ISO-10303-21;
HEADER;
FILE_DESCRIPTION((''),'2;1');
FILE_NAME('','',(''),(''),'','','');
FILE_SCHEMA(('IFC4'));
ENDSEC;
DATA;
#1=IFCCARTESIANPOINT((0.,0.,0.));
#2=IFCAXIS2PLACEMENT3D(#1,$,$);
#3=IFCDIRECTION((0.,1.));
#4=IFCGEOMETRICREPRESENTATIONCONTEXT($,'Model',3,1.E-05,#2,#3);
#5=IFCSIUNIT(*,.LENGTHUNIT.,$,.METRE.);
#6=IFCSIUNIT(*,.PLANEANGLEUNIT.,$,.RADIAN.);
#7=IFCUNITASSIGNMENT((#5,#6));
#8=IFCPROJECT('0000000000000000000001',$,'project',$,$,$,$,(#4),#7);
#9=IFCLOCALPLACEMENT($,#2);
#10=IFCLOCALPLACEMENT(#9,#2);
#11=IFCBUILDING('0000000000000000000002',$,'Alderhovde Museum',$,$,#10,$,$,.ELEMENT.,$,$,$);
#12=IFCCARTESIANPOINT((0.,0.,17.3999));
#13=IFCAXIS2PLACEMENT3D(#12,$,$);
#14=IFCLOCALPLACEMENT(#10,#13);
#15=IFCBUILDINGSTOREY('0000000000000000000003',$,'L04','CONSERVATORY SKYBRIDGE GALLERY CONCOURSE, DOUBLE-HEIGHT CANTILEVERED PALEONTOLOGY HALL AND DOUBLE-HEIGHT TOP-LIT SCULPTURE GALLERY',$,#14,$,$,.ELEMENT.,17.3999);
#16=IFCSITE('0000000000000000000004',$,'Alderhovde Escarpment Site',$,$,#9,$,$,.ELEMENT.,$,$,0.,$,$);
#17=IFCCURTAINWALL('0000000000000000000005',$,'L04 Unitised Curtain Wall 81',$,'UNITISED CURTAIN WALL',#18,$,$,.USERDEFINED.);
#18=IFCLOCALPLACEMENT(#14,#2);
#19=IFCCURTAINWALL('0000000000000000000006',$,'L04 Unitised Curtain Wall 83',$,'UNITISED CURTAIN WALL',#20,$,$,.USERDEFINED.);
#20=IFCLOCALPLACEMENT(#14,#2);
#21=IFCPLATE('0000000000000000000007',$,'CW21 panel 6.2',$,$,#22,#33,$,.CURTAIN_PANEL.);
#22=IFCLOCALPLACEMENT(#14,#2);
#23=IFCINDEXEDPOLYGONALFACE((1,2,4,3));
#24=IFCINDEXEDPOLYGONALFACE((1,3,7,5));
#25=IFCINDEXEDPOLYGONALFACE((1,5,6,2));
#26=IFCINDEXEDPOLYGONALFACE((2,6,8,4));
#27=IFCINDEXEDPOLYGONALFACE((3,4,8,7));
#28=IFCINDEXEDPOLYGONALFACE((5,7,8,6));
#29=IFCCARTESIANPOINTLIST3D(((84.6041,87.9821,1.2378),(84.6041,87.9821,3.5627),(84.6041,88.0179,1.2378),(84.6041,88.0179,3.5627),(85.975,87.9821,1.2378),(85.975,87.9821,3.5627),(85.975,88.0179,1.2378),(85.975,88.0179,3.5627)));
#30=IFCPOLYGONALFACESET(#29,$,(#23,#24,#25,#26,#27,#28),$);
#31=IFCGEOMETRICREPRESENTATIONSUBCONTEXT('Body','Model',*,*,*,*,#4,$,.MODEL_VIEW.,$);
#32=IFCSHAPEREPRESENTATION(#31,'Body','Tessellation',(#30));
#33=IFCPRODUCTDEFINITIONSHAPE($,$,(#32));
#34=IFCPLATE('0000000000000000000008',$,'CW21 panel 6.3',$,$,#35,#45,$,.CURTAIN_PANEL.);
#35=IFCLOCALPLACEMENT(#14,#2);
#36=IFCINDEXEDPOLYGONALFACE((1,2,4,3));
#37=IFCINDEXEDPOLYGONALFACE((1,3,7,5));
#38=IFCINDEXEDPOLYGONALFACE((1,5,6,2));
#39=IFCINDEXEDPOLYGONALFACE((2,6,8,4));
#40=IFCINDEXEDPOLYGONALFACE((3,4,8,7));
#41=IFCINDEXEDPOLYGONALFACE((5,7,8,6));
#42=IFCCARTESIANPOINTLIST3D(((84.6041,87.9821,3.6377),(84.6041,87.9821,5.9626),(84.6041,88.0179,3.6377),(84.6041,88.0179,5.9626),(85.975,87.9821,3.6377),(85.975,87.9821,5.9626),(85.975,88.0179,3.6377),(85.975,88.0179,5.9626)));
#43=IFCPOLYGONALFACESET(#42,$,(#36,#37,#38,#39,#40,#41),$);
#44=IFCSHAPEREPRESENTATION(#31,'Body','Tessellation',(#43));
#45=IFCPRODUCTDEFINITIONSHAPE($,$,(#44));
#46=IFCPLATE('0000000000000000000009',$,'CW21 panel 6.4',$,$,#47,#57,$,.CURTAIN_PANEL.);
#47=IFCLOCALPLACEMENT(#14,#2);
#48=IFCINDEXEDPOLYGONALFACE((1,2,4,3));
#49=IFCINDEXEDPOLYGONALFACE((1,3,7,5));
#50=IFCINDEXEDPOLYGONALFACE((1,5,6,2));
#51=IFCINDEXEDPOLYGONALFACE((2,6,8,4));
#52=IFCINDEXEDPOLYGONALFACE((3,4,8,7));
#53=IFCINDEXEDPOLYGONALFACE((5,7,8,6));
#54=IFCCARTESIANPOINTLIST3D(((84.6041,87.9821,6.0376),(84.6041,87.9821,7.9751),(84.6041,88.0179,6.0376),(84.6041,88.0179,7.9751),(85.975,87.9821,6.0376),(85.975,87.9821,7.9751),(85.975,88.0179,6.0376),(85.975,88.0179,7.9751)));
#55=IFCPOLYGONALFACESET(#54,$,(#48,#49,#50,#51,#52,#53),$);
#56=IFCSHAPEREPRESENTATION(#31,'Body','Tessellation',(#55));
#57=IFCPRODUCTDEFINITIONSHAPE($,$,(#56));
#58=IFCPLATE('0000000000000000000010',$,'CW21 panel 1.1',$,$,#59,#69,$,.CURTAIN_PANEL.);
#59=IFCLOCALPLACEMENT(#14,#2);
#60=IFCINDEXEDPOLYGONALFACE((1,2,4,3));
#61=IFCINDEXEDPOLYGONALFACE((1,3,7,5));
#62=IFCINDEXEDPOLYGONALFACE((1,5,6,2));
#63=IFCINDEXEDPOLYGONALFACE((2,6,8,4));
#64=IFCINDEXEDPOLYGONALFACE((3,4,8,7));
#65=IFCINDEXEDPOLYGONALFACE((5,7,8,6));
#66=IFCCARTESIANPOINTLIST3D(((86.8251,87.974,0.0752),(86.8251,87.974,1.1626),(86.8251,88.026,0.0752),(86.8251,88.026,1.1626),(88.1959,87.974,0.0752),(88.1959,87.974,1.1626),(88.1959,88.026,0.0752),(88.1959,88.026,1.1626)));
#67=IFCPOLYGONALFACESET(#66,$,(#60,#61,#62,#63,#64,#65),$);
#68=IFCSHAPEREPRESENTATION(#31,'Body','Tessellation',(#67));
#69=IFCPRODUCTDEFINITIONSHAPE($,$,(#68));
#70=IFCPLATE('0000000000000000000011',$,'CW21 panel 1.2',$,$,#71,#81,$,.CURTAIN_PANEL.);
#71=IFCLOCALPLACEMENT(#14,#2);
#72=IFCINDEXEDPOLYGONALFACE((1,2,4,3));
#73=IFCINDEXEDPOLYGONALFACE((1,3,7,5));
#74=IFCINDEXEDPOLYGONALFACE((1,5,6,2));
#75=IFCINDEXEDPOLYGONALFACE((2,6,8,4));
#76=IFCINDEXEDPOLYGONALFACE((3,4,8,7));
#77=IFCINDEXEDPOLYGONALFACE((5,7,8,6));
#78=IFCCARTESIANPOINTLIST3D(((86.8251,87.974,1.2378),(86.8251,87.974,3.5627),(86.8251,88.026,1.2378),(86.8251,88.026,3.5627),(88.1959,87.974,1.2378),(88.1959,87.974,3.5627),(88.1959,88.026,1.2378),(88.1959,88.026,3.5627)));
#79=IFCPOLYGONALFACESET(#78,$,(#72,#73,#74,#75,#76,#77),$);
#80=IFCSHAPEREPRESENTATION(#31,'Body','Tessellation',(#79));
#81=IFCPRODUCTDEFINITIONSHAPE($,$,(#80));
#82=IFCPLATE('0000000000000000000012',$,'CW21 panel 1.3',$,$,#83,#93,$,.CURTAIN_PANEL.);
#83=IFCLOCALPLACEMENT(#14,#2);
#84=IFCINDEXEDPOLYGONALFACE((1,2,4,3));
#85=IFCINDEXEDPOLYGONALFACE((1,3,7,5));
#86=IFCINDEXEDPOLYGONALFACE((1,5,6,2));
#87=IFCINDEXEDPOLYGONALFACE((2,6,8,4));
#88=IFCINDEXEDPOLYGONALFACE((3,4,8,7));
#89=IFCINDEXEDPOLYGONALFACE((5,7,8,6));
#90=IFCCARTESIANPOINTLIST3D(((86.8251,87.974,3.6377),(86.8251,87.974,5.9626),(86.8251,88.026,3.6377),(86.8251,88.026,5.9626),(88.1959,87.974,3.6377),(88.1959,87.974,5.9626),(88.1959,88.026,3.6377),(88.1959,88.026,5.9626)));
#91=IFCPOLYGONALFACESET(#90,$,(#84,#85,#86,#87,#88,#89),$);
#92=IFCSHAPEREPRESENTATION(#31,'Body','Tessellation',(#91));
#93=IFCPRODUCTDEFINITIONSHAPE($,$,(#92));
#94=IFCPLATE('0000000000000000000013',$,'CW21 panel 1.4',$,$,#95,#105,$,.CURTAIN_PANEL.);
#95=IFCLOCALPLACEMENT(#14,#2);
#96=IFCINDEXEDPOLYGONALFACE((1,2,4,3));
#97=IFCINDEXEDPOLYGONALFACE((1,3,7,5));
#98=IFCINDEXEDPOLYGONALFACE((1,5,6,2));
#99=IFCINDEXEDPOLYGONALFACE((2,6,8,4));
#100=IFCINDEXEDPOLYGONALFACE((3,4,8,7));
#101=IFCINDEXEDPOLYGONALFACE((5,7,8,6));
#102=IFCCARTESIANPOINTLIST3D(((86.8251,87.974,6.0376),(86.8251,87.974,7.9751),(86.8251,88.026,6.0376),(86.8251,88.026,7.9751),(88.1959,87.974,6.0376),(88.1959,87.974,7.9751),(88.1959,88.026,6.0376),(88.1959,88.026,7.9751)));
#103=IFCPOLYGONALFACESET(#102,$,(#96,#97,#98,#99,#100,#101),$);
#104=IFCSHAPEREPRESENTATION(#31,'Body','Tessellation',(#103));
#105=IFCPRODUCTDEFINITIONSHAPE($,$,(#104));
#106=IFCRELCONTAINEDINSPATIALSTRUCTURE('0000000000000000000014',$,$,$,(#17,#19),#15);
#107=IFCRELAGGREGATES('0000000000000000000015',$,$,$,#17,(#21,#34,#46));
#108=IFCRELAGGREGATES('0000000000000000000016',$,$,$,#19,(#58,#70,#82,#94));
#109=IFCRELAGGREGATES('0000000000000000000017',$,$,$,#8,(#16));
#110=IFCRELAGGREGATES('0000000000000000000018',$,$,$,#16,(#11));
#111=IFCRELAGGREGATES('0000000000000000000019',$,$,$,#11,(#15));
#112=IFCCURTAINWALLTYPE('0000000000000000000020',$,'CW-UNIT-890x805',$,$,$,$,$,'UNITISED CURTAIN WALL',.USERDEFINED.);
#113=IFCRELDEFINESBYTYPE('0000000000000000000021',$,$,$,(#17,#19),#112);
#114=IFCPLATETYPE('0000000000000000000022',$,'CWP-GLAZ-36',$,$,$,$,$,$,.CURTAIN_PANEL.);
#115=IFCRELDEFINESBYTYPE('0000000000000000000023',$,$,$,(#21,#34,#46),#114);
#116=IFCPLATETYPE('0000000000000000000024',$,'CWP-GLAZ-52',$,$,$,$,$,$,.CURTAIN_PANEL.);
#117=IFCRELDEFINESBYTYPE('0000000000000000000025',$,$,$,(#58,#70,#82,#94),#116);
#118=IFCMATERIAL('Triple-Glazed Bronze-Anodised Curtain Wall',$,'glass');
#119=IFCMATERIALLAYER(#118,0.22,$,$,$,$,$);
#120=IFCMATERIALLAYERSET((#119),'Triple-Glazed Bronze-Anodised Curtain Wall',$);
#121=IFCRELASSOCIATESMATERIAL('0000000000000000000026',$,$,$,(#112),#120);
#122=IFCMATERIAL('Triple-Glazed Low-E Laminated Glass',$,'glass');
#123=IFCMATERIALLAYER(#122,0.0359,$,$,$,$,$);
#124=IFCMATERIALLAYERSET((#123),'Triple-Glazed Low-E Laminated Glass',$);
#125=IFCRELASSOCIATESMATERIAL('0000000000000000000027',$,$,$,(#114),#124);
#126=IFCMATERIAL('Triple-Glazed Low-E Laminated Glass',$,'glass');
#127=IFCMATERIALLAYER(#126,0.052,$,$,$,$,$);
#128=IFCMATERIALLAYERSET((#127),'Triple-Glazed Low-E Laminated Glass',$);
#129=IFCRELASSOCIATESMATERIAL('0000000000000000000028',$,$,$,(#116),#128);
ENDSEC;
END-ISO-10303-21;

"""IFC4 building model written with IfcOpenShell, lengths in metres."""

from ifc_helpers import new_model, si_unit, direction, frame, origin, origin_2d, place, context, subcontext, project, spatial, rectangle, extrude, material, layer, layer_set, type_object, element, aggregate, save


model = new_model("IFC4")

# Units and contexts
model_context = context("Model", 3, precision=1e-05, world=origin(), true_north=direction((0.0, 1.0)))
body_context = subcontext(model_context, "Body", "Model", "MODEL_VIEW")
ifc_project = project(units=[si_unit("LENGTHUNIT", "METRE"), si_unit("PLANEANGLEUNIT", "RADIAN")], contexts=[model_context])

# Site, building, storey
site_placement = place(None, origin())
site = spatial("IfcSite", under=ifc_project, at=site_placement, Name="Alderhovde Escarpment Site", CompositionType="ELEMENT", RefElevation=0.0)
building_placement = place(site_placement, origin())
building = spatial("IfcBuilding", under=site, at=building_placement, Name="Alderhovde Museum", CompositionType="ELEMENT")
storey_placement = place(building_placement, frame((0.0, 0.0, 17.3999)))
storey = spatial("IfcBuildingStorey", under=building, at=storey_placement, Name="L04", Description="CONSERVATORY SKYBRIDGE GALLERY CONCOURSE, DOUBLE-HEIGHT CANTILEVERED PALEONTOLOGY HALL AND DOUBLE-HEIGHT TOP-LIT SCULPTURE GALLERY", CompositionType="ELEMENT", Elevation=17.3999)

# Curtain walls
ifc_material_1 = material(Name="Triple-Glazed Bronze-Anodised Curtain Wall", Category="glass")
ifc_layer_1 = layer(ifc_material_1, 0.22)
ifc_layer_set_1 = layer_set([ifc_layer_1], Name="Triple-Glazed Bronze-Anodised Curtain Wall")
curtain_wall_type = type_object("IfcCurtainWallType", Name="CW-UNIT-890x805", ElementType="UNITISED CURTAIN WALL", PredefinedType="USERDEFINED", material=ifc_layer_set_1)
curtain_wall_1_placement = place(storey_placement, origin())
curtain_wall_1 = element("IfcCurtainWall", 1, at=curtain_wall_1_placement, inside=storey, type_object=curtain_wall_type, Name="L04 Unitised Curtain Wall 81", ObjectType="UNITISED CURTAIN WALL", PredefinedType="USERDEFINED")
curtain_wall_2_placement = place(storey_placement, origin())
curtain_wall_2 = element("IfcCurtainWall", 2, at=curtain_wall_2_placement, inside=storey, type_object=curtain_wall_type, Name="L04 Unitised Curtain Wall 83", ObjectType="UNITISED CURTAIN WALL", PredefinedType="USERDEFINED")

# Plates
ifc_material_2 = material(Name="Triple-Glazed Low-E Laminated Glass", Category="glass")
ifc_layer_2 = layer(ifc_material_2, 0.0359)
ifc_layer_set_2 = layer_set([ifc_layer_2], Name="Triple-Glazed Low-E Laminated Glass")
plate_type_1 = type_object("IfcPlateType", Name="CWP-GLAZ-36", PredefinedType="CURTAIN_PANEL", material=ifc_layer_set_2)
plate_1_placement = place(storey_placement, frame((85.2896, 88.0, 1.2378), z_axis=(0.0, 0.0, 1.0), x_axis=(1.0, 0.0, 0.0)))
plate_1 = element("IfcPlate", 3, at=plate_1_placement, type_object=plate_type_1, Name="CW21 panel 6.2", PredefinedType="CURTAIN_PANEL", context=body_context, shape_type="SweptSolid", body=[
    extrude(rectangle(XDim=1.3708, YDim=0.0359, at=origin_2d()), origin(), (0.0, 0.0, 1.0), 2.325),
])
plate_2_placement = place(storey_placement, frame((85.2896, 88.0, 3.6377), z_axis=(0.0, 0.0, 1.0), x_axis=(1.0, 0.0, 0.0)))
plate_2 = element("IfcPlate", 4, at=plate_2_placement, type_object=plate_type_1, Name="CW21 panel 6.3", PredefinedType="CURTAIN_PANEL", context=body_context, shape_type="SweptSolid", body=[
    extrude(rectangle(XDim=1.3708, YDim=0.0359, at=origin_2d()), origin(), (0.0, 0.0, 1.0), 2.325),
])
plate_3_placement = place(storey_placement, frame((85.2896, 88.0, 6.0376), z_axis=(0.0, 0.0, 1.0), x_axis=(1.0, 0.0, 0.0)))
plate_3 = element("IfcPlate", 5, at=plate_3_placement, type_object=plate_type_1, Name="CW21 panel 6.4", PredefinedType="CURTAIN_PANEL", context=body_context, shape_type="SweptSolid", body=[
    extrude(rectangle(XDim=1.3708, YDim=0.0359, at=origin_2d()), origin(), (0.0, 0.0, 1.0), 1.9375),
])
aggregate(curtain_wall_1, [plate_1, plate_2, plate_3])
ifc_material_3 = material(Name="Triple-Glazed Low-E Laminated Glass", Category="glass")
ifc_layer_3 = layer(ifc_material_3, 0.052)
ifc_layer_set_3 = layer_set([ifc_layer_3], Name="Triple-Glazed Low-E Laminated Glass")
plate_type_2 = type_object("IfcPlateType", Name="CWP-GLAZ-52", PredefinedType="CURTAIN_PANEL", material=ifc_layer_set_3)
plate_4_placement = place(storey_placement, frame((87.5105, 88.0, 0.0752), z_axis=(0.0, 0.0, 1.0), x_axis=(1.0, 0.0, 0.0)))
plate_4 = element("IfcPlate", 6, at=plate_4_placement, type_object=plate_type_2, Name="CW21 panel 1.1", PredefinedType="CURTAIN_PANEL", context=body_context, shape_type="SweptSolid", body=[
    extrude(rectangle(XDim=1.3708, YDim=0.052, at=origin_2d()), origin(), (0.0, 0.0, 1.0), 1.0874),
])
plate_5_placement = place(storey_placement, frame((87.5105, 88.0, 1.2378), z_axis=(0.0, 0.0, 1.0), x_axis=(1.0, 0.0, 0.0)))
plate_5 = element("IfcPlate", 7, at=plate_5_placement, type_object=plate_type_2, Name="CW21 panel 1.2", PredefinedType="CURTAIN_PANEL", context=body_context, shape_type="SweptSolid", body=[
    extrude(rectangle(XDim=1.3708, YDim=0.052, at=origin_2d()), origin(), (0.0, 0.0, 1.0), 2.325),
])
plate_6_placement = place(storey_placement, frame((87.5105, 88.0, 3.6377), z_axis=(0.0, 0.0, 1.0), x_axis=(1.0, 0.0, 0.0)))
plate_6 = element("IfcPlate", 8, at=plate_6_placement, type_object=plate_type_2, Name="CW21 panel 1.3", PredefinedType="CURTAIN_PANEL", context=body_context, shape_type="SweptSolid", body=[
    extrude(rectangle(XDim=1.3708, YDim=0.052, at=origin_2d()), origin(), (0.0, 0.0, 1.0), 2.325),
])
plate_7_placement = place(storey_placement, frame((87.5105, 88.0, 6.0376), z_axis=(0.0, 0.0, 1.0), x_axis=(1.0, 0.0, 0.0)))
plate_7 = element("IfcPlate", 9, at=plate_7_placement, type_object=plate_type_2, Name="CW21 panel 1.4", PredefinedType="CURTAIN_PANEL", context=body_context, shape_type="SweptSolid", body=[
    extrude(rectangle(XDim=1.3708, YDim=0.052, at=origin_2d()), origin(), (0.0, 0.0, 1.0), 1.9375),
])
aggregate(curtain_wall_2, [plate_4, plate_5, plate_6, plate_7])

save(model, "model.ifc")
